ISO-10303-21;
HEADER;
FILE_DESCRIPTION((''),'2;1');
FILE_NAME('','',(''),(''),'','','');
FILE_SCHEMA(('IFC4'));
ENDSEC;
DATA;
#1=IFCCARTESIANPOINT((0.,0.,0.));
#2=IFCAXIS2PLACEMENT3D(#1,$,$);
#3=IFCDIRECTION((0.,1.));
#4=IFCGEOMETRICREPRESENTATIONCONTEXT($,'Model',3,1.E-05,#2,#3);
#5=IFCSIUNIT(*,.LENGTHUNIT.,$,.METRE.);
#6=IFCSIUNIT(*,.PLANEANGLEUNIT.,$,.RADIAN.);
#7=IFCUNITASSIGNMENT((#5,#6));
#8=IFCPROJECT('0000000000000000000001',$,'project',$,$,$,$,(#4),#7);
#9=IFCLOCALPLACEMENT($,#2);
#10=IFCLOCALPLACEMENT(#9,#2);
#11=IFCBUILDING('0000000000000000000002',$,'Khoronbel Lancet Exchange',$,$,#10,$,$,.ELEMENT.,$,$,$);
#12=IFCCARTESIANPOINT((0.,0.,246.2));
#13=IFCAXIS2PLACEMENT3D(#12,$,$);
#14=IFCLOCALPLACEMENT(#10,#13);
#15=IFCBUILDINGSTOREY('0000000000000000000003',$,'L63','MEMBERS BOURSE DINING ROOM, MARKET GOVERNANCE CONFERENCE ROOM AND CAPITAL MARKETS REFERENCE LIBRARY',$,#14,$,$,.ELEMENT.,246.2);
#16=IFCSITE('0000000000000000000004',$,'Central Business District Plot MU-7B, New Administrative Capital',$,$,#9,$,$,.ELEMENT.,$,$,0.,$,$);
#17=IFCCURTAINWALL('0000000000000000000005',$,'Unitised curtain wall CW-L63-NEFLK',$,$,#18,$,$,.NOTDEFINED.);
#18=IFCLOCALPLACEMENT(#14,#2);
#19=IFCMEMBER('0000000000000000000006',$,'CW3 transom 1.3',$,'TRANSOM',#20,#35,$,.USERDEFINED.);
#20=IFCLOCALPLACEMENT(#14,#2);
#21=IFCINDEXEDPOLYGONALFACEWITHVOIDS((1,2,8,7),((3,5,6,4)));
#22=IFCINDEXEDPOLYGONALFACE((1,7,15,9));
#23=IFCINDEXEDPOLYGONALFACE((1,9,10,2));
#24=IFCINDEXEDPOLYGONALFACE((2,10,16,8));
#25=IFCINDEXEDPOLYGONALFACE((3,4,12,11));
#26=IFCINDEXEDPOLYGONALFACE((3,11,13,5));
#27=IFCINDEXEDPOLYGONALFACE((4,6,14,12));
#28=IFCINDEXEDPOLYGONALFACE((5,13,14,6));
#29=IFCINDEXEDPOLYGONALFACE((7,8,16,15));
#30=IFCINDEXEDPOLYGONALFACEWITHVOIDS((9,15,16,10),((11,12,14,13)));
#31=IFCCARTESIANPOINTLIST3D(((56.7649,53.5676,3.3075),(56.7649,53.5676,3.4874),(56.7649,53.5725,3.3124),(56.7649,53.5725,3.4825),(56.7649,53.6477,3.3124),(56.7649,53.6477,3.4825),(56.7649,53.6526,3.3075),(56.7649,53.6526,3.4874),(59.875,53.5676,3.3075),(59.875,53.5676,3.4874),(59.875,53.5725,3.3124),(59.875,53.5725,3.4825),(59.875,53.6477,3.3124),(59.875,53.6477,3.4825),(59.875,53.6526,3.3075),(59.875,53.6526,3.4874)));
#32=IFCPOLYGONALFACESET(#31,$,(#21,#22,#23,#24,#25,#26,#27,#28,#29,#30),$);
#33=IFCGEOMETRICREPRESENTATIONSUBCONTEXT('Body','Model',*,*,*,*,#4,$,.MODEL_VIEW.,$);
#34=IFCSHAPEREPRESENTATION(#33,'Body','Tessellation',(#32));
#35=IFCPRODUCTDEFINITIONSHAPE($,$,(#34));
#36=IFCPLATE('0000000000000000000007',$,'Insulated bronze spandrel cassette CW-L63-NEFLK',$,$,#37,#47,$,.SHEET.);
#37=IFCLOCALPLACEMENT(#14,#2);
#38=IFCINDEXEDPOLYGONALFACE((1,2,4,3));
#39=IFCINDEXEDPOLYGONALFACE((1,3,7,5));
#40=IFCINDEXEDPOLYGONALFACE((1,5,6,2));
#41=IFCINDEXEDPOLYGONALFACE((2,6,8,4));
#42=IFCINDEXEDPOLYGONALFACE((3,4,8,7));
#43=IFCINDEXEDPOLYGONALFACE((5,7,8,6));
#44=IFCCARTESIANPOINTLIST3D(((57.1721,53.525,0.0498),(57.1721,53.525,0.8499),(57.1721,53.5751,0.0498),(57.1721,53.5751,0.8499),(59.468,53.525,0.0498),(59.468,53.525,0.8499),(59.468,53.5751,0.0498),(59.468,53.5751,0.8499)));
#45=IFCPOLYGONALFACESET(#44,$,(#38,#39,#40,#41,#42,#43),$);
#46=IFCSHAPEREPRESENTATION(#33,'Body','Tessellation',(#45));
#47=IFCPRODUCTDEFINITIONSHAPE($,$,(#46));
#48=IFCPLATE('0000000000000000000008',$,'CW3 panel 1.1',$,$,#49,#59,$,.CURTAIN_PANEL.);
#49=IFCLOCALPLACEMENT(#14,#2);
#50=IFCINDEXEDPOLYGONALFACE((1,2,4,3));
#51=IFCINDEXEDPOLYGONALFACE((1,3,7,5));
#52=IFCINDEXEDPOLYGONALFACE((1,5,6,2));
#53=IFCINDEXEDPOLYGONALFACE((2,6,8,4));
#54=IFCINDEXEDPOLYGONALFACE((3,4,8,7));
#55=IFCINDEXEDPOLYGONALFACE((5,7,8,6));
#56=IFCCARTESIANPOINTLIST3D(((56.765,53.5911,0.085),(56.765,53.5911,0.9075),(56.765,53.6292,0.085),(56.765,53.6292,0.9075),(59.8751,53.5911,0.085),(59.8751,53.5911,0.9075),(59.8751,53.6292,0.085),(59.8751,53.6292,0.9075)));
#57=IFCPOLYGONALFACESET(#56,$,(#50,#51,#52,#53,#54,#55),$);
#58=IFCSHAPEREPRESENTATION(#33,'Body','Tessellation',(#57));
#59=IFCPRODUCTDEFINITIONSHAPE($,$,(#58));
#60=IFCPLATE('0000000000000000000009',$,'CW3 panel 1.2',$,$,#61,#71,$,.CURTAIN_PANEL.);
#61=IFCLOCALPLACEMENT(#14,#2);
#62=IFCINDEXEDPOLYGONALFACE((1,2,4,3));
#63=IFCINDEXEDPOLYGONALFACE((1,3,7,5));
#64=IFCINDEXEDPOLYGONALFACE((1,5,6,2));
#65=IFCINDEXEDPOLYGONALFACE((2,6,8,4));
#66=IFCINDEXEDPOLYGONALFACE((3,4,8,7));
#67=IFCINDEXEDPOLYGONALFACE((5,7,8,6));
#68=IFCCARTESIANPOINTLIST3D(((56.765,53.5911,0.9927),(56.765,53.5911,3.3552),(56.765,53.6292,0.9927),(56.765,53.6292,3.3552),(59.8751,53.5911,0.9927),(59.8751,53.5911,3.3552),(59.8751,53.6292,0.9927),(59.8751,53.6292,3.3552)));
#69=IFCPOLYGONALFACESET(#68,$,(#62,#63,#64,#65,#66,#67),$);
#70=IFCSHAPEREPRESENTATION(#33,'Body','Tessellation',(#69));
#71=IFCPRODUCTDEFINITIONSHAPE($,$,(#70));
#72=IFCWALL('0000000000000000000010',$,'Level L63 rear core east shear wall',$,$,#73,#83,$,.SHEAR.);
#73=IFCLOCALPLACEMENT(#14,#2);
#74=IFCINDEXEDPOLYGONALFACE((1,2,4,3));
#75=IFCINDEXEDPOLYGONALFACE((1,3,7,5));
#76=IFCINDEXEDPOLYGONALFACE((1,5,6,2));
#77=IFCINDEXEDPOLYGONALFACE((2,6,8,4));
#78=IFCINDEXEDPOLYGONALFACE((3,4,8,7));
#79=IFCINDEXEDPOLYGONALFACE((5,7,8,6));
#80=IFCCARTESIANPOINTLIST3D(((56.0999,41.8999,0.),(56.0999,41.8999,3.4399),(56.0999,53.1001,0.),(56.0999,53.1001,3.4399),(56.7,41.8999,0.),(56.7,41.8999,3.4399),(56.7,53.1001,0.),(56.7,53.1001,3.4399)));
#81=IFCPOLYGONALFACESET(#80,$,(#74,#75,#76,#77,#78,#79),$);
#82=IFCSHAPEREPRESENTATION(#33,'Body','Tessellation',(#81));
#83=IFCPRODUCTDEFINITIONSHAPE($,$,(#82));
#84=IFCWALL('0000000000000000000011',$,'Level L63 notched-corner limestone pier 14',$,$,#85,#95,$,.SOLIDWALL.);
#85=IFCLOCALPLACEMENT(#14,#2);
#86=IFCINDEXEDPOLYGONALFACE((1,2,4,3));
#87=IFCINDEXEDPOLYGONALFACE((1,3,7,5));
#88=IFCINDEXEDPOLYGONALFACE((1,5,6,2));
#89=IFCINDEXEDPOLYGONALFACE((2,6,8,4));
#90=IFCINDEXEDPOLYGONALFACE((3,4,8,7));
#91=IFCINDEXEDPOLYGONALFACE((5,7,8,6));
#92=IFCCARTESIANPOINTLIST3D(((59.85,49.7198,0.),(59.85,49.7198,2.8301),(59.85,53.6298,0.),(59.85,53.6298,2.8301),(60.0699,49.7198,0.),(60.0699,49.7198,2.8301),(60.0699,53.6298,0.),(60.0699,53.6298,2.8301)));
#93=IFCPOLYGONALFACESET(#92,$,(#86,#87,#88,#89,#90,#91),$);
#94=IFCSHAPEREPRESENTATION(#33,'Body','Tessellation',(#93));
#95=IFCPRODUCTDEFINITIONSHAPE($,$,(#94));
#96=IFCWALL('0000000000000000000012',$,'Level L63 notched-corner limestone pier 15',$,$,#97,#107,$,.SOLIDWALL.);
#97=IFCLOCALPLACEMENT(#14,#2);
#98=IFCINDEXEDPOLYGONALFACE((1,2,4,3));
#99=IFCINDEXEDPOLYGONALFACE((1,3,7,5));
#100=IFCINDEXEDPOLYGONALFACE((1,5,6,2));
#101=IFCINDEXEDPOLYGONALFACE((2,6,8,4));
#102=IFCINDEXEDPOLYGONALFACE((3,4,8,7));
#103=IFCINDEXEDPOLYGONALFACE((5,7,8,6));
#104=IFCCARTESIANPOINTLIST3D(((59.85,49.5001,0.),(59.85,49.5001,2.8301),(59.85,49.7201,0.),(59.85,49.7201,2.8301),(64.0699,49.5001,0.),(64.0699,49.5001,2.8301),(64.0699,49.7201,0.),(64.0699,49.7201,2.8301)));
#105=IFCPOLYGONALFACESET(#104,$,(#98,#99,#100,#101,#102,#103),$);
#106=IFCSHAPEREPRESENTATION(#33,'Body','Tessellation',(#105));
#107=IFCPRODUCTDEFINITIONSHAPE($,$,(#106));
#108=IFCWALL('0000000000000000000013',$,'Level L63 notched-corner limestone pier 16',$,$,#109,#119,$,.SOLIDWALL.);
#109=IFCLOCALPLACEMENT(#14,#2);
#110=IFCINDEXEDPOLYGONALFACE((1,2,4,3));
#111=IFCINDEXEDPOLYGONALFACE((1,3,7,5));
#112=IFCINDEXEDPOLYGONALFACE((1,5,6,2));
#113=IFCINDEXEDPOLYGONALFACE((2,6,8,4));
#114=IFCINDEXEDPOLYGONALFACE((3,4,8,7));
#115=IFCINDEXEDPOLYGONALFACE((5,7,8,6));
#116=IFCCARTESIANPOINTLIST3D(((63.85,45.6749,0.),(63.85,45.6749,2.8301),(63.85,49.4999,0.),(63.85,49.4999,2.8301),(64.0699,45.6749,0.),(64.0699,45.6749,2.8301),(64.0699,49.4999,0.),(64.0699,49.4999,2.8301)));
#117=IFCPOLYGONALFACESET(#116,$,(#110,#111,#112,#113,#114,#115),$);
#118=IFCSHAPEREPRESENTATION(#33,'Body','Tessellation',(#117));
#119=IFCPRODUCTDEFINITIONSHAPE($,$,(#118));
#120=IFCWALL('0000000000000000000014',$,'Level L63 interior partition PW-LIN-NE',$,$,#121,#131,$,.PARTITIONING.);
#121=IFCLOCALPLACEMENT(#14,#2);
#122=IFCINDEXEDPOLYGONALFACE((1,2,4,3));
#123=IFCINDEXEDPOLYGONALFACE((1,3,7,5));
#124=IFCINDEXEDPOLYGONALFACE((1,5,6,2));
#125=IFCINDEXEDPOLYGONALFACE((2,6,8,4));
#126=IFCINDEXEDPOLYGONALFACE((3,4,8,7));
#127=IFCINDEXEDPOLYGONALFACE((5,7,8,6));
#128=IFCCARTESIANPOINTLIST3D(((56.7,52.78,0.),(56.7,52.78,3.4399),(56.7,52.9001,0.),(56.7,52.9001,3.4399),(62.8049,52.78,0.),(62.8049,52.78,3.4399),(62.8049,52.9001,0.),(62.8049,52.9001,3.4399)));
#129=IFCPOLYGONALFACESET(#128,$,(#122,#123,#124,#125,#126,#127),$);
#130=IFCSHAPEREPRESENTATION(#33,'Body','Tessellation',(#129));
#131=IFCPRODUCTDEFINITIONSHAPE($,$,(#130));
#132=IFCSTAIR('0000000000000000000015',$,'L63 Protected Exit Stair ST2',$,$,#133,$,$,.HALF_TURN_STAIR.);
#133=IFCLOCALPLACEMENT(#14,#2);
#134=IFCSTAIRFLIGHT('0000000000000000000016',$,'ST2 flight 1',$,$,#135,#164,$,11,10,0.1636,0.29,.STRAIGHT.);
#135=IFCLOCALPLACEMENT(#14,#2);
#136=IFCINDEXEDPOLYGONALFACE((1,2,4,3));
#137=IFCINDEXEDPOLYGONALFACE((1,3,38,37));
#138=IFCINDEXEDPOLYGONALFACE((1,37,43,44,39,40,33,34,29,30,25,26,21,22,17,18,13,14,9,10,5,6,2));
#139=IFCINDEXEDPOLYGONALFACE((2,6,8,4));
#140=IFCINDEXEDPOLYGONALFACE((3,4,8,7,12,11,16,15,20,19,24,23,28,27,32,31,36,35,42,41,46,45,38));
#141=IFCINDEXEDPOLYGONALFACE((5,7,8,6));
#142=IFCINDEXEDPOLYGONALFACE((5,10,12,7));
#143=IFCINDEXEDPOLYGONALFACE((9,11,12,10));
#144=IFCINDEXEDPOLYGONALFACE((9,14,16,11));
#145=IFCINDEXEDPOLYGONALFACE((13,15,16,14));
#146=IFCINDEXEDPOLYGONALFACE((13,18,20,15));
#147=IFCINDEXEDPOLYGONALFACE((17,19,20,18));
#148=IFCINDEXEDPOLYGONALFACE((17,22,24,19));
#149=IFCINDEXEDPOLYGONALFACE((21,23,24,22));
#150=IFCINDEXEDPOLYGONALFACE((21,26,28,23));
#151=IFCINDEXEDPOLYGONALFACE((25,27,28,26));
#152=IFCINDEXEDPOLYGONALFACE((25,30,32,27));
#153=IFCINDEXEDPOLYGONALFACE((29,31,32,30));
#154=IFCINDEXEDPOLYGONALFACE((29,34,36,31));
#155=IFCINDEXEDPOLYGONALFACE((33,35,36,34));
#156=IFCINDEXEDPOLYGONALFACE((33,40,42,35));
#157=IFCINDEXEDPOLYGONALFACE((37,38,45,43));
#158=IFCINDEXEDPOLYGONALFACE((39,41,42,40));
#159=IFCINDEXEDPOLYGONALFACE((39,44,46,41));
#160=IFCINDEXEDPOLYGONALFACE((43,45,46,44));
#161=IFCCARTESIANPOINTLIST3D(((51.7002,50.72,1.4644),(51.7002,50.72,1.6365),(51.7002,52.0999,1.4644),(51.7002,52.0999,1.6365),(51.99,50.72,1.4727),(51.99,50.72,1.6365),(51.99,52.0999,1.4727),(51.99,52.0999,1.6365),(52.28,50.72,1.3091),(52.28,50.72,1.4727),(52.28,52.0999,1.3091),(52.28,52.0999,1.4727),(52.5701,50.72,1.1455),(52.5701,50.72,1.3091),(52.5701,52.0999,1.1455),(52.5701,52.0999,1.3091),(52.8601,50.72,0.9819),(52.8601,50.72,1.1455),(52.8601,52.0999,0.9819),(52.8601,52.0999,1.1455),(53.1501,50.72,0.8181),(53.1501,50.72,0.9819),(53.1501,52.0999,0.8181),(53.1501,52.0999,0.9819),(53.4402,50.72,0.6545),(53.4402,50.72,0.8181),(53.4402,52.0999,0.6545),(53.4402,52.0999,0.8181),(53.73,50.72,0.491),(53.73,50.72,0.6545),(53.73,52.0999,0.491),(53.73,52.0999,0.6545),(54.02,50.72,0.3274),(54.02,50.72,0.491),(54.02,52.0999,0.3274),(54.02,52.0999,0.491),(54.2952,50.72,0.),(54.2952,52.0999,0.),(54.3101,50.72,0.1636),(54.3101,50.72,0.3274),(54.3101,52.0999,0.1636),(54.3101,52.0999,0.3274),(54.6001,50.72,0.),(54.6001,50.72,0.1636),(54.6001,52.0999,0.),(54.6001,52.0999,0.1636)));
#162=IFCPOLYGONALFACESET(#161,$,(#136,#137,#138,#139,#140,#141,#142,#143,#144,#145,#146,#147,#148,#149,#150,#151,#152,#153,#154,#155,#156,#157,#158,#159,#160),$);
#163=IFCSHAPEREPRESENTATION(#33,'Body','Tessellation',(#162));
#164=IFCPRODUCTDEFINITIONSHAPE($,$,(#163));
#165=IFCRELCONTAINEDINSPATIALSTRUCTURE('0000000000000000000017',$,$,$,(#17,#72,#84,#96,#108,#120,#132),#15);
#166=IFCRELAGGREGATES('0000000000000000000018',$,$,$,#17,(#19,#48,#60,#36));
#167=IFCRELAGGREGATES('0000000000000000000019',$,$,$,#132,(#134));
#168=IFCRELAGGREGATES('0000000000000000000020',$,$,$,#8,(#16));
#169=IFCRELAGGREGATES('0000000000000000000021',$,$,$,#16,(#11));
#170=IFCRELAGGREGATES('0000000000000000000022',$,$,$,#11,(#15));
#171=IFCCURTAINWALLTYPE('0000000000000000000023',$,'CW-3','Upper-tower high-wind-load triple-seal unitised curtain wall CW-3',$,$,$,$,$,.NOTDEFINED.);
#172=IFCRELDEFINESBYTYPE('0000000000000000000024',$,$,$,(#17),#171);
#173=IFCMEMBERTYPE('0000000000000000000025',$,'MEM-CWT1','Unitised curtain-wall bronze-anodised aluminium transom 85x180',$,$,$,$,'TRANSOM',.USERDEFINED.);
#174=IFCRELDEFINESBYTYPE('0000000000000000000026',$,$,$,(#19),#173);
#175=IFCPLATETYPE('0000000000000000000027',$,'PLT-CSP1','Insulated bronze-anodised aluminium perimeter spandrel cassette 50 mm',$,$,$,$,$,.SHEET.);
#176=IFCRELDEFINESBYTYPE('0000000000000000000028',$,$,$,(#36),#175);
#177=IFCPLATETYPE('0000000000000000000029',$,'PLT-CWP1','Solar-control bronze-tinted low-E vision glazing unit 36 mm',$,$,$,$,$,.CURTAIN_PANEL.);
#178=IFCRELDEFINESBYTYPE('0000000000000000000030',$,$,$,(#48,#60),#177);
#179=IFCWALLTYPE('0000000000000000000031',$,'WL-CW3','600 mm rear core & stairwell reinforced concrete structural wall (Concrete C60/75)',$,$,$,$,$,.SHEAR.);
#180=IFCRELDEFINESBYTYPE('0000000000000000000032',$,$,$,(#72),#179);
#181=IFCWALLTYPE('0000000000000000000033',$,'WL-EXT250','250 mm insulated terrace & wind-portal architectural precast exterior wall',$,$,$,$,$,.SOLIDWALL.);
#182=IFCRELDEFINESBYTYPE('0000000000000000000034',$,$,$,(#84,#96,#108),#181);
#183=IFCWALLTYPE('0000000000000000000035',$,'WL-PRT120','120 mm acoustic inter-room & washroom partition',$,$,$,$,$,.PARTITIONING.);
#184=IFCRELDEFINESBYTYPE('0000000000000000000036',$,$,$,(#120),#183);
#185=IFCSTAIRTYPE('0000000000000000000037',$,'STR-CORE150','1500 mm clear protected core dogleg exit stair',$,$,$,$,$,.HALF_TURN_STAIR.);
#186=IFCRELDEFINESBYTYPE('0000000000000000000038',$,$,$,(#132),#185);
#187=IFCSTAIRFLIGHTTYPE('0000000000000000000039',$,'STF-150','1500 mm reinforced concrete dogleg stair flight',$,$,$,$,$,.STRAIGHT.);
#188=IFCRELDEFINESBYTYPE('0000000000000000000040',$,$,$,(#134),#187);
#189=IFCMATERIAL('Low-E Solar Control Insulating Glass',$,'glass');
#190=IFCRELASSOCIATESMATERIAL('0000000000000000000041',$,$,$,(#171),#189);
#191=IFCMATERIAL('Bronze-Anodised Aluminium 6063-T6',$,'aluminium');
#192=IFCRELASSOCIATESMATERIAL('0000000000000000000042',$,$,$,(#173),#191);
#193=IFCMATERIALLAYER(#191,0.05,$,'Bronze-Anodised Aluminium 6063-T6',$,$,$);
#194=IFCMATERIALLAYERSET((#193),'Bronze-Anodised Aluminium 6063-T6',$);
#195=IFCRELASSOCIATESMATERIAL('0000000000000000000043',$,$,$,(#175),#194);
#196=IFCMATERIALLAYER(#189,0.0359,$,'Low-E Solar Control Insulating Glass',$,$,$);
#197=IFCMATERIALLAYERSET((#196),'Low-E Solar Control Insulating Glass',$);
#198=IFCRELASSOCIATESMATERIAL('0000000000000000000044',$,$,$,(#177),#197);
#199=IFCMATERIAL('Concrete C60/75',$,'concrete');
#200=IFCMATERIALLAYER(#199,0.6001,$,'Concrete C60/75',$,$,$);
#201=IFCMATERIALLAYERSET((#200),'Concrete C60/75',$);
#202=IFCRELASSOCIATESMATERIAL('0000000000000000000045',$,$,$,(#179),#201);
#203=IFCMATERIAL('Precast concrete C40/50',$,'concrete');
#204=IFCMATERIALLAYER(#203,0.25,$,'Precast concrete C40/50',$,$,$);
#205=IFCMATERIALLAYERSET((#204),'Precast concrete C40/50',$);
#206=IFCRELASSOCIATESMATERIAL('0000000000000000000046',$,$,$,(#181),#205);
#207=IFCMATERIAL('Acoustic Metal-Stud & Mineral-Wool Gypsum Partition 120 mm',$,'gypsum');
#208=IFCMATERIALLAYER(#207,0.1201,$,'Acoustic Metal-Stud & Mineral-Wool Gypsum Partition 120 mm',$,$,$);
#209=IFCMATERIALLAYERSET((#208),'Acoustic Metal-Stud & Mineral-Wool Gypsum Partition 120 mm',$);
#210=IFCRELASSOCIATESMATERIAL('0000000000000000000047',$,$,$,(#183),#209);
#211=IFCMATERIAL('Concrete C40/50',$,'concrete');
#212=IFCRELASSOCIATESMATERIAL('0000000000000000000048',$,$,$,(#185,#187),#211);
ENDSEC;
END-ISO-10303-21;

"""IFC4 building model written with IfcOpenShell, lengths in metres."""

from ifc_helpers import new_model, si_unit, direction, frame, frame_2d, origin, origin_2d, place, context, subcontext, project, spatial, polyline, rectangle, hollow_rectangle, outline, extrude, material, layer, layer_set, material_profile, profile_set, type_object, element, aggregate, save


model = new_model("IFC4")

# Units and contexts
model_context = context("Model", 3, precision=1e-05, world=origin(), true_north=direction((0.0, 1.0)))
body_context = subcontext(model_context, "Body", "Model", "MODEL_VIEW")
ifc_project = project(units=[si_unit("LENGTHUNIT", "METRE"), si_unit("PLANEANGLEUNIT", "RADIAN")], contexts=[model_context])

# Site, building, storey
site_placement = place(None, origin())
site = spatial("IfcSite", under=ifc_project, at=site_placement, Name="Central Business District Plot MU-7B, New Administrative Capital", CompositionType="ELEMENT", RefElevation=0.0)
building_placement = place(site_placement, origin())
building = spatial("IfcBuilding", under=site, at=building_placement, Name="Khoronbel Lancet Exchange", CompositionType="ELEMENT")
storey_placement = place(building_placement, frame((0.0, 0.0, 246.2)))
storey = spatial("IfcBuildingStorey", under=building, at=storey_placement, Name="L63", Description="MEMBERS BOURSE DINING ROOM, MARKET GOVERNANCE CONFERENCE ROOM AND CAPITAL MARKETS REFERENCE LIBRARY", CompositionType="ELEMENT", Elevation=246.2)

# Curtain wall, member, plates
ifc_material_1 = material(Name="Low-E Solar Control Insulating Glass", Category="glass")
curtain_wall_type = type_object("IfcCurtainWallType", Name="CW-3", Description="Upper-tower high-wind-load triple-seal unitised curtain wall CW-3", PredefinedType="NOTDEFINED", material=ifc_material_1)
curtain_wall_placement = place(storey_placement, origin())
curtain_wall = element("IfcCurtainWall", 1, at=curtain_wall_placement, inside=storey, type_object=curtain_wall_type, Name="Unitised curtain wall CW-L63-NEFLK", PredefinedType="NOTDEFINED")
ifc_material_2 = material(Name="Bronze-Anodised Aluminium 6063-T6", Category="aluminium")
ifc_material_profile_1 = material_profile(ifc_material_2, hollow_rectangle(XDim=0.085, YDim=0.1799, WallThickness=0.0049, at=origin_2d()), Name="ALU TRANSOM 85x180")
ifc_profile_set_1 = profile_set([ifc_material_profile_1], Name="Bronze-Anodised Aluminium 6063-T6")
member_type_1 = type_object("IfcMemberType", Name="MEM-CWT1", Description="Unitised curtain-wall bronze-anodised aluminium transom 85x180", ElementType="TRANSOM", PredefinedType="USERDEFINED", material=ifc_profile_set_1)
member_1_placement = place(storey_placement, frame((59.875, 53.6101, 3.3975), z_axis=(-1.0, 0.0, 0.0), x_axis=(0.0, -1.0, 0.0)))
member_1 = element("IfcMember", 2, at=member_1_placement, type_object=member_type_1, Name="CW3 transom 1.3", ObjectType="TRANSOM", PredefinedType="USERDEFINED", context=body_context, shape_type="SweptSolid", body=[
    extrude(hollow_rectangle(XDim=0.085, YDim=0.1799, WallThickness=0.0049, at=origin_2d()), origin(), (0.0, 0.0, 1.0), 3.1101),
])
ifc_layer_1 = layer(ifc_material_2, 0.05, Name="Bronze-Anodised Aluminium 6063-T6")
ifc_layer_set_1 = layer_set([ifc_layer_1], Name="Bronze-Anodised Aluminium 6063-T6")
plate_type_1 = type_object("IfcPlateType", Name="PLT-CSP1", Description="Insulated bronze-anodised aluminium perimeter spandrel cassette 50 mm", PredefinedType="SHEET", material=ifc_layer_set_1)
plate_1_placement = place(storey_placement, frame((58.3201, 53.55, 0.0498), z_axis=(0.0, 0.0, 1.0), x_axis=(-1.0, 0.0, 0.0)))
plate_1 = element("IfcPlate", 3, at=plate_1_placement, type_object=plate_type_1, Name="Insulated bronze spandrel cassette CW-L63-NEFLK", PredefinedType="SHEET", context=body_context, shape_type="SweptSolid", body=[
    extrude(rectangle(XDim=2.2959, YDim=0.05, at=origin_2d()), origin(), (0.0, 0.0, 1.0), 0.8),
])
ifc_layer_2 = layer(ifc_material_1, 0.0359, Name="Low-E Solar Control Insulating Glass")
ifc_layer_set_2 = layer_set([ifc_layer_2], Name="Low-E Solar Control Insulating Glass")
plate_type_2 = type_object("IfcPlateType", Name="PLT-CWP1", Description="Solar-control bronze-tinted low-E vision glazing unit 36 mm", PredefinedType="CURTAIN_PANEL", material=ifc_layer_set_2)
plate_2_placement = place(storey_placement, frame((58.3201, 53.6101, 0.085), z_axis=(0.0, 0.0, 1.0), x_axis=(-1.0, 0.0, 0.0)))
plate_2 = element("IfcPlate", 4, at=plate_2_placement, type_object=plate_type_2, Name="CW3 panel 1.1", PredefinedType="CURTAIN_PANEL", context=body_context, shape_type="SweptSolid", body=[
    extrude(rectangle(XDim=3.1101, YDim=0.0381, at=origin_2d()), origin(), (0.0, 0.0, 1.0), 0.8225),
])
plate_3_placement = place(storey_placement, frame((58.3201, 53.6101, 0.9927), z_axis=(0.0, 0.0, 1.0), x_axis=(-1.0, 0.0, 0.0)))
plate_3 = element("IfcPlate", 5, at=plate_3_placement, type_object=plate_type_2, Name="CW3 panel 1.2", PredefinedType="CURTAIN_PANEL", context=body_context, shape_type="SweptSolid", body=[
    extrude(rectangle(XDim=3.1101, YDim=0.0381, at=origin_2d()), origin(), (0.0, 0.0, 1.0), 2.3625),
])
aggregate(curtain_wall, [member_1, plate_2, plate_3, plate_1])

# Walls
ifc_material_3 = material(Name="Concrete C60/75", Category="concrete")
ifc_layer_3 = layer(ifc_material_3, 0.6001, Name="Concrete C60/75")
ifc_layer_set_3 = layer_set([ifc_layer_3], Name="Concrete C60/75")
wall_type_1 = type_object("IfcWallType", Name="WL-CW3", Description="600 mm rear core & stairwell reinforced concrete structural wall (Concrete C60/75)", PredefinedType="SHEAR", material=ifc_layer_set_3)
wall_1_placement = place(storey_placement, frame((56.3999, 53.1001, 0.0), z_axis=(0.0, 0.0, 1.0), x_axis=(0.0, -1.0, 0.0)))
element("IfcWall", 6, at=wall_1_placement, inside=storey, type_object=wall_type_1, Name="Level L63 rear core east shear wall", PredefinedType="SHEAR", context=body_context, shape_type="SweptSolid", body=[
    extrude(rectangle(XDim=11.2002, YDim=0.6001, at=frame_2d((5.6001, 0.0))), origin(), (0.0, 0.0, 1.0), 3.4399),
])
ifc_material_4 = material(Name="Precast concrete C40/50", Category="concrete")
ifc_layer_4 = layer(ifc_material_4, 0.25, Name="Precast concrete C40/50")
ifc_layer_set_4 = layer_set([ifc_layer_4], Name="Precast concrete C40/50")
wall_type_2 = type_object("IfcWallType", Name="WL-EXT250", Description="250 mm insulated terrace & wind-portal architectural precast exterior wall", PredefinedType="SOLIDWALL", material=ifc_layer_set_4)
wall_2_placement = place(storey_placement, frame((59.96, 53.6299, 0.0), z_axis=(0.0, 0.0, 1.0), x_axis=(0.0, -1.0, 0.0)))
element("IfcWall", 7, at=wall_2_placement, inside=storey, type_object=wall_type_2, Name="Level L63 notched-corner limestone pier 14", PredefinedType="SOLIDWALL", context=body_context, shape_type="SweptSolid", body=[
    extrude(rectangle(XDim=3.9099, YDim=0.22, at=frame_2d((1.9551, 0.0))), origin(), (0.0, 0.0, 1.0), 2.8301),
])
wall_3_placement = place(storey_placement, frame((59.8501, 49.6101, 0.0), z_axis=(0.0, 0.0, 1.0), x_axis=(1.0, 0.0, 0.0)))
element("IfcWall", 8, at=wall_3_placement, inside=storey, type_object=wall_type_2, Name="Level L63 notched-corner limestone pier 15", PredefinedType="SOLIDWALL", context=body_context, shape_type="SweptSolid", body=[
    extrude(rectangle(XDim=4.22, YDim=0.22, at=frame_2d((2.1099, 0.0))), origin(), (0.0, 0.0, 1.0), 2.8301),
])
wall_4_placement = place(storey_placement, frame((63.96, 49.5, 0.0), z_axis=(0.0, 0.0, 1.0), x_axis=(0.0, -1.0, 0.0)))
element("IfcWall", 9, at=wall_4_placement, inside=storey, type_object=wall_type_2, Name="Level L63 notched-corner limestone pier 16", PredefinedType="SOLIDWALL", context=body_context, shape_type="SweptSolid", body=[
    extrude(rectangle(XDim=3.825, YDim=0.22, at=frame_2d((1.9126, 0.0))), origin(), (0.0, 0.0, 1.0), 2.8301),
])
ifc_material_5 = material(Name="Acoustic Metal-Stud & Mineral-Wool Gypsum Partition 120 mm", Category="gypsum")
ifc_layer_5 = layer(ifc_material_5, 0.1201, Name="Acoustic Metal-Stud & Mineral-Wool Gypsum Partition 120 mm")
ifc_layer_set_5 = layer_set([ifc_layer_5], Name="Acoustic Metal-Stud & Mineral-Wool Gypsum Partition 120 mm")
wall_type_3 = type_object("IfcWallType", Name="WL-PRT120", Description="120 mm acoustic inter-room & washroom partition", PredefinedType="PARTITIONING", material=ifc_layer_set_5)
wall_5_placement = place(storey_placement, frame((56.7, 52.8401, 0.0), z_axis=(0.0, 0.0, 1.0), x_axis=(1.0, 0.0, 0.0)))
element("IfcWall", 10, at=wall_5_placement, inside=storey, type_object=wall_type_3, Name="Level L63 interior partition PW-LIN-NE", PredefinedType="PARTITIONING", context=body_context, shape_type="SweptSolid", body=[
    extrude(rectangle(XDim=6.105, YDim=0.1201, at=frame_2d((3.0525, 0.0))), origin(), (0.0, 0.0, 1.0), 3.4399),
])

# Stair, stair flight
ifc_material_6 = material(Name="Concrete C40/50", Category="concrete")
stair_type = type_object("IfcStairType", Name="STR-CORE150", Description="1500 mm clear protected core dogleg exit stair", PredefinedType="HALF_TURN_STAIR", material=ifc_material_6)
stair_placement = place(storey_placement, origin())
stair = element("IfcStair", 11, at=stair_placement, inside=storey, type_object=stair_type, Name="L63 Protected Exit Stair ST2", PredefinedType="HALF_TURN_STAIR")
stair_flight_type = type_object("IfcStairFlightType", Name="STF-150", Description="1500 mm reinforced concrete dogleg stair flight", PredefinedType="STRAIGHT", material=ifc_material_6)
stair_flight_placement = place(storey_placement, frame((54.6001, 51.4099, 0.0), z_axis=(0.0, 0.0, 1.0), x_axis=(-1.0, 0.0, 0.0)))
stair_flight = element("IfcStairFlight", 12, at=stair_flight_placement, type_object=stair_flight_type, Name="ST2 flight 1", NumberOfRisers=11, NumberOfTreads=10, PredefinedType="STRAIGHT", RiserHeight=0.1636, TreadLength=0.29, context=body_context, shape_type="SweptSolid", body=[
    extrude(outline(polyline([(0.0, 0.0), (0.0, 0.1636), (0.29, 0.1636), (0.29, 0.3274), (0.5801, 0.3274), (0.5801, 0.491), (0.8701, 0.491), (0.8701, 0.6545), (1.1599, 0.6545), (1.1599, 0.8181), (1.45, 0.8181), (1.45, 0.9819), (1.74, 0.9819), (1.74, 1.1455), (2.03, 1.1455), (2.03, 1.3091), (2.3201, 1.3091), (2.3201, 1.4727), (2.6101, 1.4727), (2.6101, 1.6365), (2.8999, 1.6365), (2.8999, 1.8), (2.8999, 1.4644), (0.3049, 0.0), (0.0, 0.0)])), frame((0.0, 0.6899, 0.0), z_axis=(0.0, -1.0, 0.0), x_axis=(1.0, 0.0, 0.0)), (0.0, 0.0, 1.0), 1.3799),
])
aggregate(stair, [stair_flight])

save(model, "model.ifc")
